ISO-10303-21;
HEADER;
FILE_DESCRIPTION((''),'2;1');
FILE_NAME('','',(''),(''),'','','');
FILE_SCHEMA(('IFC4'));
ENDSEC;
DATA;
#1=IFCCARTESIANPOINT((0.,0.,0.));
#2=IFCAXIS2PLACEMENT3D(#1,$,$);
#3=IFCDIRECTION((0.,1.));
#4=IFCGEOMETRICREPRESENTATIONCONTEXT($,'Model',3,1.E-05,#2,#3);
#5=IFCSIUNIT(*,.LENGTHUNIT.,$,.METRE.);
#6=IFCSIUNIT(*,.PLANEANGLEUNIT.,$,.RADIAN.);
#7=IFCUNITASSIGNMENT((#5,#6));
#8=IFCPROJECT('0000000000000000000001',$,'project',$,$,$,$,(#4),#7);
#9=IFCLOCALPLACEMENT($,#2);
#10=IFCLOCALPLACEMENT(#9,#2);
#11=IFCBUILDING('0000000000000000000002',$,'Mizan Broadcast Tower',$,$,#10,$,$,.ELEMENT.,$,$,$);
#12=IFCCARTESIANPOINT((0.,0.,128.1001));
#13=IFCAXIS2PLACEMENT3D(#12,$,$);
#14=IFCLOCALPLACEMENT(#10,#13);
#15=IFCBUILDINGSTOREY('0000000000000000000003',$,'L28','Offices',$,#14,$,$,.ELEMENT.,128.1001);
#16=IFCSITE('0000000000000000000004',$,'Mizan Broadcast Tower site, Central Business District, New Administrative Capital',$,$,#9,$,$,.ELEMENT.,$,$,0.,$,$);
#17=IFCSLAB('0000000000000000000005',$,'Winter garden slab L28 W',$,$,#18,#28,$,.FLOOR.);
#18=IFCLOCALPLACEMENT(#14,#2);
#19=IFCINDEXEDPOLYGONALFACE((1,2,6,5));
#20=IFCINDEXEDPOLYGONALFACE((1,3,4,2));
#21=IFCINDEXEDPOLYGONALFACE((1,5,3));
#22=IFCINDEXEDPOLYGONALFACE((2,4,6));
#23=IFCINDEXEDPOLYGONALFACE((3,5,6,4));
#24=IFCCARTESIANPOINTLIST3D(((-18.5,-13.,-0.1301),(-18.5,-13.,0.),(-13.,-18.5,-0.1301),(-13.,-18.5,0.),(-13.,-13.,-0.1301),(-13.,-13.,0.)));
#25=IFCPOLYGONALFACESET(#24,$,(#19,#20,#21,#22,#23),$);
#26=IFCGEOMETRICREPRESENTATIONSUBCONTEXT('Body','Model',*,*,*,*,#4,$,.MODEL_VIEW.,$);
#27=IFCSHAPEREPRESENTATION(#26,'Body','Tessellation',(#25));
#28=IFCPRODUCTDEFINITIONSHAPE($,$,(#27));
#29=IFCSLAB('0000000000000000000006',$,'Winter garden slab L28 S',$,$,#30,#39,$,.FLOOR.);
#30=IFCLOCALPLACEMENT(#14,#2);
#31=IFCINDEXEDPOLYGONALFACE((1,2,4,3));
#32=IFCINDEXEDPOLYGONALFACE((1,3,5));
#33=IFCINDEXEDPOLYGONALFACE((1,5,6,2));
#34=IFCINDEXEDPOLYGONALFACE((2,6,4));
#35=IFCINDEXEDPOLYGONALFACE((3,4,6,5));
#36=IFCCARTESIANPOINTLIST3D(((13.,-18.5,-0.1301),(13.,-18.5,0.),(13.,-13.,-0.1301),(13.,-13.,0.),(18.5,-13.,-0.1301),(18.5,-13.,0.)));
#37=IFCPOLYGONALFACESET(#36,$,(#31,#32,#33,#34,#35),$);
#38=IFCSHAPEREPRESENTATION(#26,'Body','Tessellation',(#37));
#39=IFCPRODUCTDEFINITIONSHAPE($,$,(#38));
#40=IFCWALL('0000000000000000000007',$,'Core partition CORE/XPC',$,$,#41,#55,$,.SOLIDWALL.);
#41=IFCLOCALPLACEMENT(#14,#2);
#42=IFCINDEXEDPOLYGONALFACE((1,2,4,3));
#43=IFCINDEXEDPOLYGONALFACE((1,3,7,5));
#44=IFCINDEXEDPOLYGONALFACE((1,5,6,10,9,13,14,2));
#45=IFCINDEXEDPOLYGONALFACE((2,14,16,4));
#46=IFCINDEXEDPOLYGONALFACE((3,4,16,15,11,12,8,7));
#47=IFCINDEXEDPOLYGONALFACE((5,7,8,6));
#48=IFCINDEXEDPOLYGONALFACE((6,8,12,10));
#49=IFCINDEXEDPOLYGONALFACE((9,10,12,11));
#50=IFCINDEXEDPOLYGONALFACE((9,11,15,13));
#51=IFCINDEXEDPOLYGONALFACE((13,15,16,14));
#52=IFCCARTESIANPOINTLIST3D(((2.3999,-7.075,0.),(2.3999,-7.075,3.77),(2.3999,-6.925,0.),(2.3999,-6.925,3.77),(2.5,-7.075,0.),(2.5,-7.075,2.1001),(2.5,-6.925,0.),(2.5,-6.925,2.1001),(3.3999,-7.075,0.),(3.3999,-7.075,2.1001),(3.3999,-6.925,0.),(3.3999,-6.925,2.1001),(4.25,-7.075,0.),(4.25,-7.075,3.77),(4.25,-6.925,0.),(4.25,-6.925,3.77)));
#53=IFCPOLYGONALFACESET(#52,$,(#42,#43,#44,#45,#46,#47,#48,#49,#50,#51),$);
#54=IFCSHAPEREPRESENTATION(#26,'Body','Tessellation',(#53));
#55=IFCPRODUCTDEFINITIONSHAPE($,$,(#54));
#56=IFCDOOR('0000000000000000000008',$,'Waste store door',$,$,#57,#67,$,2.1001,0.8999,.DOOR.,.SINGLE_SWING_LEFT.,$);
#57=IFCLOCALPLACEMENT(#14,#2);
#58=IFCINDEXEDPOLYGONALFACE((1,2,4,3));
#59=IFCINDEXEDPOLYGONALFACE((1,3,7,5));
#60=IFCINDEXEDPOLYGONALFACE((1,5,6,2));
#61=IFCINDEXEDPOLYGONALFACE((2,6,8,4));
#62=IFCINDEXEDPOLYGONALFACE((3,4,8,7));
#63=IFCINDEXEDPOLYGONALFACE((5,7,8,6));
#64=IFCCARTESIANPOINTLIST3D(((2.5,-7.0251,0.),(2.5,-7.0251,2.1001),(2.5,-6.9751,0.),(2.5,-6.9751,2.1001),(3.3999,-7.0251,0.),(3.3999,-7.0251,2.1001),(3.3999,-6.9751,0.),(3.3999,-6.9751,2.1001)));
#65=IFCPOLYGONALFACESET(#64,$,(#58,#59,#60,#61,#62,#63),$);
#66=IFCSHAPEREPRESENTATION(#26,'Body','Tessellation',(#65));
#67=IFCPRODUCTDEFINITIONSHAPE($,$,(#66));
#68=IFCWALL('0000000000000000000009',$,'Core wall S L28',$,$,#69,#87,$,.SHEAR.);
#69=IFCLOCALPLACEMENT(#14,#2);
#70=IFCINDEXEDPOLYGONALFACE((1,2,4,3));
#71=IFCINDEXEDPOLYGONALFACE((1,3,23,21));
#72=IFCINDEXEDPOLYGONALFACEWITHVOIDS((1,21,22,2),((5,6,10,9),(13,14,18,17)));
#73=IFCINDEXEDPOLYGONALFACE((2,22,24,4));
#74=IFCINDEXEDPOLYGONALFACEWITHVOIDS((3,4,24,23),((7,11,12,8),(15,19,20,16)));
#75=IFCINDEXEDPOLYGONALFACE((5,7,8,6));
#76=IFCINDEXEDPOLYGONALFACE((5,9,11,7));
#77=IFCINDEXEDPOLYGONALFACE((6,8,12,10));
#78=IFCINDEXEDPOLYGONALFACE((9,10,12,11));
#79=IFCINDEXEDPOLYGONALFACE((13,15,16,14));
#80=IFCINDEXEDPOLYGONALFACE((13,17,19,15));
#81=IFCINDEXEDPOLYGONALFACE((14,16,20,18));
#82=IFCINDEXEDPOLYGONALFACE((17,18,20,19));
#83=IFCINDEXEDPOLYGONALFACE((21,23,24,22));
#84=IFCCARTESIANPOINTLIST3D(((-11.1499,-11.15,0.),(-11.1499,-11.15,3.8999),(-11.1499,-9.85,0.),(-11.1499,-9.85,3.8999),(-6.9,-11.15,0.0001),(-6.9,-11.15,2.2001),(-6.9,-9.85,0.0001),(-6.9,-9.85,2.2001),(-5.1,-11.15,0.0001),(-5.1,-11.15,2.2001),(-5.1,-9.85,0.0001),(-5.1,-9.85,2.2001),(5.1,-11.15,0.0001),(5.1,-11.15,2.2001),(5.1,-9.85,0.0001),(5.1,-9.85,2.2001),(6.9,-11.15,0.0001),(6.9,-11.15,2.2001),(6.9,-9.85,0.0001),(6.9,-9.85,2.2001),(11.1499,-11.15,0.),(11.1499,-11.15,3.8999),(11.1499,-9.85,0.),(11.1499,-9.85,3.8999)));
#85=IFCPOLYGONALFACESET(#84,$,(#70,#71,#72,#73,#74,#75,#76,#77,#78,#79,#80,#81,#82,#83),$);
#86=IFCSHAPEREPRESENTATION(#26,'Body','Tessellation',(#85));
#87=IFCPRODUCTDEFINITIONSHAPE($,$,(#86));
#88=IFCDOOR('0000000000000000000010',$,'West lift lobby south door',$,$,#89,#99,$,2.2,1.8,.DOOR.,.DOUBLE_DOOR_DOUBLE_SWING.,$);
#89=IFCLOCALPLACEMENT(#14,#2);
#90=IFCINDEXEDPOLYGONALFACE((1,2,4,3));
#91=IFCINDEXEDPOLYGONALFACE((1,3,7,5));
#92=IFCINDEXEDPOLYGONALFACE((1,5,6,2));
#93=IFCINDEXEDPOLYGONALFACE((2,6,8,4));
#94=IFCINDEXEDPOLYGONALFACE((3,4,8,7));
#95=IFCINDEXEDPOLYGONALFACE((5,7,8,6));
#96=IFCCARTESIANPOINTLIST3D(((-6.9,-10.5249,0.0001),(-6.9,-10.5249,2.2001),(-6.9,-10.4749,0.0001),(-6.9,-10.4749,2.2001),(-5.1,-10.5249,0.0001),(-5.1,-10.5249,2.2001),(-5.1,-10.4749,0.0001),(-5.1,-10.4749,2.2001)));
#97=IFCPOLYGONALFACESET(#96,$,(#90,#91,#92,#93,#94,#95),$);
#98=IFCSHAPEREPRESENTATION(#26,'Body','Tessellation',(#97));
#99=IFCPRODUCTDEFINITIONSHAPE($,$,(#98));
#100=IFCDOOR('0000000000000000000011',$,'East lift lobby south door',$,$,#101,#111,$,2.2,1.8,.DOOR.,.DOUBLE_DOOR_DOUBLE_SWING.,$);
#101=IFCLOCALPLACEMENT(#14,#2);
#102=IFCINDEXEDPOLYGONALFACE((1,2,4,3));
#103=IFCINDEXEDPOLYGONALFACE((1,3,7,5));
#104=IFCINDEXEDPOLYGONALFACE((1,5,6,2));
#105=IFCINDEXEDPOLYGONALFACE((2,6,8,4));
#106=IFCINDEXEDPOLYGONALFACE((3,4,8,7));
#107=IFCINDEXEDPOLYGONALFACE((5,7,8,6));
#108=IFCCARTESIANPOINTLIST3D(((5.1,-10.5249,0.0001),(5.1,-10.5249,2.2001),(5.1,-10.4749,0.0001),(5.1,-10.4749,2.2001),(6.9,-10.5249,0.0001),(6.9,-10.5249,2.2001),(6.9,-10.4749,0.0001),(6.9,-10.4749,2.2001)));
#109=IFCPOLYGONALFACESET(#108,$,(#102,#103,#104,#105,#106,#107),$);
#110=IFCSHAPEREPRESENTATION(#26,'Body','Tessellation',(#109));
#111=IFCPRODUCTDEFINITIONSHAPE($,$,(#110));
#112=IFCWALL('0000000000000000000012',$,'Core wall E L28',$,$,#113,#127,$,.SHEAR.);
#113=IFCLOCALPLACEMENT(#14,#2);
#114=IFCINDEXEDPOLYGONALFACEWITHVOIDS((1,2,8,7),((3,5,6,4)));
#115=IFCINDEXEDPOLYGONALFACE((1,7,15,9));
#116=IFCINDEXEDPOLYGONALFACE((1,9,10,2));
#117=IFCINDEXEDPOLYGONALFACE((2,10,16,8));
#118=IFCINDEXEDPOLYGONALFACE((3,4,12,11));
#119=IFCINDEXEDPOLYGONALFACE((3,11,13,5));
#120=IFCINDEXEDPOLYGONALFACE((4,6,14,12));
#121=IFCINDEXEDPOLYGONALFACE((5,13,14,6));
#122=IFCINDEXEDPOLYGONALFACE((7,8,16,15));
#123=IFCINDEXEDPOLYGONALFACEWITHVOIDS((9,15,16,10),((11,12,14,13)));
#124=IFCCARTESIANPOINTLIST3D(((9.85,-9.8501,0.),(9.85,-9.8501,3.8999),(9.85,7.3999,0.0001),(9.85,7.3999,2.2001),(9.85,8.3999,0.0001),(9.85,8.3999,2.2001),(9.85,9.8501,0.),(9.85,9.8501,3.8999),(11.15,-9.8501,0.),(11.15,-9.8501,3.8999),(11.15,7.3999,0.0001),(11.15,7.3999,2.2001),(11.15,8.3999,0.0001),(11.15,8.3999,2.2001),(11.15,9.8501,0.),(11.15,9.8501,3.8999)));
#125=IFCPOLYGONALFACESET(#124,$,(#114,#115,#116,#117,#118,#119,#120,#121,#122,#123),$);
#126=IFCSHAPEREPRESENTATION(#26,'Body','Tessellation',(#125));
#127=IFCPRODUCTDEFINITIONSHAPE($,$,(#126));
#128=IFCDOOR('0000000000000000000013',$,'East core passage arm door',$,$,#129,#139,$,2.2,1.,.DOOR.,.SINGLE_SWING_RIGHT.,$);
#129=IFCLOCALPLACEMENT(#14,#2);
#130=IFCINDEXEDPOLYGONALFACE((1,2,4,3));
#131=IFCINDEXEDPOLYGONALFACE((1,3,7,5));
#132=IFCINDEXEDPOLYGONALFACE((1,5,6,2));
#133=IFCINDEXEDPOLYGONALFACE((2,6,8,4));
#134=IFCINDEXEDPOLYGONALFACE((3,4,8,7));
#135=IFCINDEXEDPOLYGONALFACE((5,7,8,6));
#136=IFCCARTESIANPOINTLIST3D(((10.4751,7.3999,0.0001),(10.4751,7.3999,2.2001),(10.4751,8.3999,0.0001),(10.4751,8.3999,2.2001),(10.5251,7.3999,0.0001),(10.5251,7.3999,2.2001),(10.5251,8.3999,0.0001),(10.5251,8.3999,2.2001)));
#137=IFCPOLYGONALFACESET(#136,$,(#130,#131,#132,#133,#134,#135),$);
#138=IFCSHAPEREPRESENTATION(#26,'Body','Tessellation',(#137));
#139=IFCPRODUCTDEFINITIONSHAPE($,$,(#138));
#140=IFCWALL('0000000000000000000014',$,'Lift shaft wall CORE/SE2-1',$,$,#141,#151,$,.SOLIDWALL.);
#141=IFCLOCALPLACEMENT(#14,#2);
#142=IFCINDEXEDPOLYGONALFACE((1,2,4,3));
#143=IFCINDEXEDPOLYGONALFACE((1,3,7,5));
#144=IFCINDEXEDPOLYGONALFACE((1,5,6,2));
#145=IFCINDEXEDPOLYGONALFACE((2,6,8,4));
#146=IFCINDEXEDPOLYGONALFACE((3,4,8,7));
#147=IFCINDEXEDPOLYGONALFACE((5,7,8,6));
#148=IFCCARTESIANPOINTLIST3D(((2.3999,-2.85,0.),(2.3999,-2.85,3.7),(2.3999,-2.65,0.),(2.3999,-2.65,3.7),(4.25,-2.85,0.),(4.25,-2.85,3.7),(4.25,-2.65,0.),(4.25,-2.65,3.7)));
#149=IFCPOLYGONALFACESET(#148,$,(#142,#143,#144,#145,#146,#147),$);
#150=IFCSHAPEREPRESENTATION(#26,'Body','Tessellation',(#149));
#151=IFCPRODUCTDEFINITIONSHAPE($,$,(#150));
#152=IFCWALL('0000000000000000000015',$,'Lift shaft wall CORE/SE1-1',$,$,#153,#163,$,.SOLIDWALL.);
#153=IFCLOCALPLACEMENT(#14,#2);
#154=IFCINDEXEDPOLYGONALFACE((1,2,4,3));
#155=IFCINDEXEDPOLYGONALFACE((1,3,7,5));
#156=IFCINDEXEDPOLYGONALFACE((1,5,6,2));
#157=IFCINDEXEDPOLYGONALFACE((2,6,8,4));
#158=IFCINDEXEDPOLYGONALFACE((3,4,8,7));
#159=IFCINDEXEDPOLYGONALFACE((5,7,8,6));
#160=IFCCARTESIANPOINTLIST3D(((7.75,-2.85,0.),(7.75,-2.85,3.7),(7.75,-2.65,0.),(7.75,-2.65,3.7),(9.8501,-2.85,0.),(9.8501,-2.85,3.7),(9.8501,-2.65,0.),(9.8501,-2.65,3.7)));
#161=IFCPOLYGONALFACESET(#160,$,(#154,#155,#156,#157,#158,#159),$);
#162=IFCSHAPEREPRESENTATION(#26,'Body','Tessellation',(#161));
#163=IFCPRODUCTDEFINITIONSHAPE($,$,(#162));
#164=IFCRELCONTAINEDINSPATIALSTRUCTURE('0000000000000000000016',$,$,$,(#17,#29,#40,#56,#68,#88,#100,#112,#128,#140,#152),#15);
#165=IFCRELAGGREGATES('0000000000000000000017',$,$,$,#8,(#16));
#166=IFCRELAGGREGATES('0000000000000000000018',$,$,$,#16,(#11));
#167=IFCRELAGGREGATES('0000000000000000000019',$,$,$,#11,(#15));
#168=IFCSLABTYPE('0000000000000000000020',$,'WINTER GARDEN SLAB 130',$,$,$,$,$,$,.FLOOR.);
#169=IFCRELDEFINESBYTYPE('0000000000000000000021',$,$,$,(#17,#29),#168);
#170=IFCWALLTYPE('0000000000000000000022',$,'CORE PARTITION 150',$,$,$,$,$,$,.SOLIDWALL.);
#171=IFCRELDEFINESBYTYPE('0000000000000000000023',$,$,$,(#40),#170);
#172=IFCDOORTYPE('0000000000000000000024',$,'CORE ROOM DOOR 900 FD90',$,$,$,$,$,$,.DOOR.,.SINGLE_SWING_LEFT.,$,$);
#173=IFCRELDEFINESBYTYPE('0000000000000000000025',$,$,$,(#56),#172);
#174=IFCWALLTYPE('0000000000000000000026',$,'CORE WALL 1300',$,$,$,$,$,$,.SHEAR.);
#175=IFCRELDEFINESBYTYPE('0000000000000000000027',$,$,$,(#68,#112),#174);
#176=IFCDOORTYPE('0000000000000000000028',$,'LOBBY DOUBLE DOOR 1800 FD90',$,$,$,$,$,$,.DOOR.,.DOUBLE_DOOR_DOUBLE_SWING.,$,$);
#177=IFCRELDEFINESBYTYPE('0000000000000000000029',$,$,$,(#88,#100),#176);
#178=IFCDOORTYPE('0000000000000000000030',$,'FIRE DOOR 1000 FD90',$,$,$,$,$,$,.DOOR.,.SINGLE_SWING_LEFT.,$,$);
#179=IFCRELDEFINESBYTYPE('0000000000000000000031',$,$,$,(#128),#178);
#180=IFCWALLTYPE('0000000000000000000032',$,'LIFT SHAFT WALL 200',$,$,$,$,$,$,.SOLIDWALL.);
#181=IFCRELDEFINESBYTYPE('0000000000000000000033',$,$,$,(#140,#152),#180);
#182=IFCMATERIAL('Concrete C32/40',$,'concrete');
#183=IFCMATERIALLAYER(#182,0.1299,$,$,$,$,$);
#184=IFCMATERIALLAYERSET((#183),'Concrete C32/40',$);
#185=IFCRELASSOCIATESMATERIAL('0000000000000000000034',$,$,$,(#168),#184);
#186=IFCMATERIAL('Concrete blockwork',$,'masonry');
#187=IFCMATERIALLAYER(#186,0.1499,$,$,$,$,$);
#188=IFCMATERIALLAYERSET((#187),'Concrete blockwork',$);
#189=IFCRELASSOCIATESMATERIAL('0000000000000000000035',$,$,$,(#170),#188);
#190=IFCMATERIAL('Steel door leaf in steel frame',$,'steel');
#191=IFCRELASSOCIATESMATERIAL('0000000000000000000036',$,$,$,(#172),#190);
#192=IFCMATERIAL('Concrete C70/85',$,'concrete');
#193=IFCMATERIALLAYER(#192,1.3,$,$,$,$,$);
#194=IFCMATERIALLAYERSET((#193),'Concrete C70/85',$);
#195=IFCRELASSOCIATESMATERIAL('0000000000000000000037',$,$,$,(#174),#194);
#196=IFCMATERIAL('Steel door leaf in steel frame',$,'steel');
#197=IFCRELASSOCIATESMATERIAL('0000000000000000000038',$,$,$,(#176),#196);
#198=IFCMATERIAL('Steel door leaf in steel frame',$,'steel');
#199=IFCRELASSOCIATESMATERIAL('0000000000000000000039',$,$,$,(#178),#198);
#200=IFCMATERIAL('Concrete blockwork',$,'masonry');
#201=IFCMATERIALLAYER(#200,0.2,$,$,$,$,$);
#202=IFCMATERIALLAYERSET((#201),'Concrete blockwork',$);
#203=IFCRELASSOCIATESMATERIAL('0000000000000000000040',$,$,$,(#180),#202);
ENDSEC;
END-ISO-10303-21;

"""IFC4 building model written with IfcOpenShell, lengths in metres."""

from ifc_helpers import new_model, si_unit, direction, frame, frame_2d, origin, place, context, subcontext, project, spatial, polyline, rectangle, outline, extrude, material, layer, layer_set, type_object, element, fill, save


model = new_model("IFC4")

# Units and contexts
model_context = context("Model", 3, precision=1e-05, world=origin(), true_north=direction((0.0, 1.0)))
body_context = subcontext(model_context, "Body", "Model", "MODEL_VIEW")
ifc_project = project(units=[si_unit("LENGTHUNIT", "METRE"), si_unit("PLANEANGLEUNIT", "RADIAN")], contexts=[model_context])

# Site, building, storey
site_placement = place(None, origin())
site = spatial("IfcSite", under=ifc_project, at=site_placement, Name="Mizan Broadcast Tower site, Central Business District, New Administrative Capital", CompositionType="ELEMENT", RefElevation=0.0)
building_placement = place(site_placement, origin())
building = spatial("IfcBuilding", under=site, at=building_placement, Name="Mizan Broadcast Tower", CompositionType="ELEMENT")
storey_placement = place(building_placement, frame((0.0, 0.0, 128.1001)))
storey = spatial("IfcBuildingStorey", under=building, at=storey_placement, Name="L28", Description="Offices", CompositionType="ELEMENT", Elevation=128.1001)

# Slabs
ifc_material_1 = material(Name="Concrete C32/40", Category="concrete")
ifc_layer_1 = layer(ifc_material_1, 0.1299)
ifc_layer_set_1 = layer_set([ifc_layer_1], Name="Concrete C32/40")
slab_type_1 = type_object("IfcSlabType", Name="WINTER GARDEN SLAB 130", PredefinedType="FLOOR", material=ifc_layer_set_1)
slab_1_placement = place(storey_placement, frame((0.0, 0.0, -0.1301)))
element("IfcSlab", 1, at=slab_1_placement, inside=storey, type_object=slab_type_1, Name="Winter garden slab L28 W", PredefinedType="FLOOR", context=body_context, shape_type="SweptSolid", body=[
    extrude(outline(polyline([(-13.0, -13.0), (-18.5, -13.0), (-13.0, -18.5), (-13.0, -13.0)])), origin(), (0.0, 0.0, 1.0), 0.1301),
])
slab_2_placement = place(storey_placement, frame((0.0, 0.0, -0.1301)))
element("IfcSlab", 2, at=slab_2_placement, inside=storey, type_object=slab_type_1, Name="Winter garden slab L28 S", PredefinedType="FLOOR", context=body_context, shape_type="SweptSolid", body=[
    extrude(outline(polyline([(13.0, -13.0), (13.0, -18.5), (18.5, -13.0), (13.0, -13.0)])), origin(), (0.0, 0.0, 1.0), 0.1301),
])

# Wall, opening, door
ifc_material_2 = material(Name="Concrete blockwork", Category="masonry")
ifc_layer_2 = layer(ifc_material_2, 0.1499)
ifc_layer_set_2 = layer_set([ifc_layer_2], Name="Concrete blockwork")
wall_type_1 = type_object("IfcWallType", Name="CORE PARTITION 150", PredefinedType="SOLIDWALL", material=ifc_layer_set_2)
wall_1_placement = place(storey_placement, frame((2.3999, -7.0, 0.0), z_axis=(0.0, 0.0, 1.0), x_axis=(1.0, 0.0, 0.0)))
wall_1 = element("IfcWall", 3, at=wall_1_placement, inside=storey, type_object=wall_type_1, Name="Core partition CORE/XPC", PredefinedType="SOLIDWALL", context=body_context, shape_type="SweptSolid", body=[
    extrude(rectangle(XDim=1.8501, YDim=0.1499, at=frame_2d((0.925, 0.0))), origin(), (0.0, 0.0, 1.0), 3.77),
])
opening_1_placement = place(wall_1_placement, frame((0.1001, 0.0, 0.0)))
opening_1 = element("IfcOpeningElement", 4, at=opening_1_placement, cuts=wall_1, PredefinedType="OPENING", context=body_context, shape_type="SweptSolid", body=[
    extrude(rectangle(XDim=0.8999, YDim=2.1001, at=frame_2d((0.45, 1.05))), frame((0.0, 0.085, 0.0), z_axis=(0.0, -1.0, 0.0), x_axis=(1.0, 0.0, 0.0)), (0.0, 0.0, 1.0), 0.1699),
])
ifc_material_3 = material(Name="Steel door leaf in steel frame", Category="steel")
door_type_1 = type_object("IfcDoorType", Name="CORE ROOM DOOR 900 FD90", OperationType="SINGLE_SWING_LEFT", PredefinedType="DOOR", material=ifc_material_3)
door_1_placement = place(opening_1_placement, origin())
door_1 = element("IfcDoor", 5, at=door_1_placement, inside=storey, type_object=door_type_1, Name="Waste store door", OperationType="SINGLE_SWING_LEFT", OverallHeight=2.1001, OverallWidth=0.8999, PredefinedType="DOOR", context=body_context, shape_type="SweptSolid", body=[
    extrude(rectangle(XDim=0.8999, YDim=2.1001, at=frame_2d((0.45, 1.05))), frame((0.0, 0.0249, 0.0), z_axis=(0.0, -1.0, 0.0), x_axis=(1.0, 0.0, 0.0)), (0.0, 0.0, 1.0), 0.05),
])
fill(opening_1, door_1)

# Wall, openings, doors
ifc_material_4 = material(Name="Concrete C70/85", Category="concrete")
ifc_layer_3 = layer(ifc_material_4, 1.3)
ifc_layer_set_3 = layer_set([ifc_layer_3], Name="Concrete C70/85")
wall_type_2 = type_object("IfcWallType", Name="CORE WALL 1300", PredefinedType="SHEAR", material=ifc_layer_set_3)
wall_2_placement = place(storey_placement, frame((11.1499, -10.5, 0.0), z_axis=(0.0, 0.0, 1.0), x_axis=(-1.0, 0.0, 0.0)))
wall_2 = element("IfcWall", 6, at=wall_2_placement, inside=storey, type_object=wall_type_2, Name="Core wall S L28", PredefinedType="SHEAR", context=body_context, shape_type="SweptSolid", body=[
    extrude(rectangle(XDim=22.2998, YDim=1.3, at=frame_2d((11.1499, 0.0))), origin(), (0.0, 0.0, 1.0), 3.8999),
])
opening_2_placement = place(wall_2_placement, frame((16.25, 0.0, 0.0)))
opening_2 = element("IfcOpeningElement", 7, at=opening_2_placement, cuts=wall_2, PredefinedType="OPENING", context=body_context, shape_type="SweptSolid", body=[
    extrude(rectangle(XDim=1.8, YDim=2.2, at=frame_2d((0.8999, 1.1001))), frame((0.0, 0.6599, 0.0), z_axis=(0.0, -1.0, 0.0), x_axis=(1.0, 0.0, 0.0)), (0.0, 0.0, 1.0), 1.3201),
])
opening_3_placement = place(wall_2_placement, frame((4.25, 0.0, 0.0)))
opening_3 = element("IfcOpeningElement", 8, at=opening_3_placement, cuts=wall_2, PredefinedType="OPENING", context=body_context, shape_type="SweptSolid", body=[
    extrude(rectangle(XDim=1.8, YDim=2.2, at=frame_2d((0.8999, 1.1001))), frame((0.0, 0.6599, 0.0), z_axis=(0.0, -1.0, 0.0), x_axis=(1.0, 0.0, 0.0)), (0.0, 0.0, 1.0), 1.3201),
])
ifc_material_5 = material(Name="Steel door leaf in steel frame", Category="steel")
door_type_2 = type_object("IfcDoorType", Name="LOBBY DOUBLE DOOR 1800 FD90", OperationType="DOUBLE_DOOR_DOUBLE_SWING", PredefinedType="DOOR", material=ifc_material_5)
door_2_placement = place(opening_2_placement, origin())
door_2 = element("IfcDoor", 9, at=door_2_placement, inside=storey, type_object=door_type_2, Name="West lift lobby south door", OperationType="DOUBLE_DOOR_DOUBLE_SWING", OverallHeight=2.2, OverallWidth=1.8, PredefinedType="DOOR", context=body_context, shape_type="SweptSolid", body=[
    extrude(rectangle(XDim=1.8, YDim=2.2, at=frame_2d((0.8999, 1.1001))), frame((0.0, 0.0249, 0.0), z_axis=(0.0, -1.0, 0.0), x_axis=(1.0, 0.0, 0.0)), (0.0, 0.0, 1.0), 0.05),
])
fill(opening_2, door_2)
door_3_placement = place(opening_3_placement, origin())
door_3 = element("IfcDoor", 10, at=door_3_placement, inside=storey, type_object=door_type_2, Name="East lift lobby south door", OperationType="DOUBLE_DOOR_DOUBLE_SWING", OverallHeight=2.2, OverallWidth=1.8, PredefinedType="DOOR", context=body_context, shape_type="SweptSolid", body=[
    extrude(rectangle(XDim=1.8, YDim=2.2, at=frame_2d((0.8999, 1.1001))), frame((0.0, 0.0249, 0.0), z_axis=(0.0, -1.0, 0.0), x_axis=(1.0, 0.0, 0.0)), (0.0, 0.0, 1.0), 0.05),
])
fill(opening_3, door_3)

# Wall, opening, door
wall_3_placement = place(storey_placement, frame((10.5, -9.8501, 0.0), z_axis=(0.0, 0.0, 1.0), x_axis=(0.0, 1.0, 0.0)))
wall_3 = element("IfcWall", 11, at=wall_3_placement, inside=storey, type_object=wall_type_2, Name="Core wall E L28", PredefinedType="SHEAR", context=body_context, shape_type="SweptSolid", body=[
    extrude(rectangle(XDim=19.7002, YDim=1.3, at=frame_2d((9.8501, 0.0))), origin(), (0.0, 0.0, 1.0), 3.8999),
])
opening_4_placement = place(wall_3_placement, frame((17.25, 0.0, 0.0)))
opening_4 = element("IfcOpeningElement", 12, at=opening_4_placement, cuts=wall_3, PredefinedType="OPENING", context=body_context, shape_type="SweptSolid", body=[
    extrude(rectangle(XDim=1.0, YDim=2.2, at=frame_2d((0.5, 1.1001))), frame((0.0, 0.6599, 0.0), z_axis=(0.0, -1.0, 0.0), x_axis=(1.0, 0.0, 0.0)), (0.0, 0.0, 1.0), 1.3201),
])
ifc_material_6 = material(Name="Steel door leaf in steel frame", Category="steel")
door_type_3 = type_object("IfcDoorType", Name="FIRE DOOR 1000 FD90", OperationType="SINGLE_SWING_LEFT", PredefinedType="DOOR", material=ifc_material_6)
door_4_placement = place(opening_4_placement, origin())
door_4 = element("IfcDoor", 13, at=door_4_placement, inside=storey, type_object=door_type_3, Name="East core passage arm door", OperationType="SINGLE_SWING_RIGHT", OverallHeight=2.2, OverallWidth=1.0, PredefinedType="DOOR", context=body_context, shape_type="SweptSolid", body=[
    extrude(rectangle(XDim=1.0, YDim=2.2, at=frame_2d((0.5, 1.1001))), frame((0.0, 0.0249, 0.0), z_axis=(0.0, -1.0, 0.0), x_axis=(1.0, 0.0, 0.0)), (0.0, 0.0, 1.0), 0.05),
])
fill(opening_4, door_4)

# Walls
ifc_material_7 = material(Name="Concrete blockwork", Category="masonry")
ifc_layer_4 = layer(ifc_material_7, 0.2)
ifc_layer_set_4 = layer_set([ifc_layer_4], Name="Concrete blockwork")
wall_type_3 = type_object("IfcWallType", Name="LIFT SHAFT WALL 200", PredefinedType="SOLIDWALL", material=ifc_layer_set_4)
wall_4_placement = place(storey_placement, frame((2.3999, -2.75, 0.0), z_axis=(0.0, 0.0, 1.0), x_axis=(1.0, 0.0, 0.0)))
element("IfcWall", 14, at=wall_4_placement, inside=storey, type_object=wall_type_3, Name="Lift shaft wall CORE/SE2-1", PredefinedType="SOLIDWALL", context=body_context, shape_type="SweptSolid", body=[
    extrude(rectangle(XDim=1.8501, YDim=0.2, at=frame_2d((0.925, 0.0))), origin(), (0.0, 0.0, 1.0), 3.7),
])
wall_5_placement = place(storey_placement, frame((7.75, -2.75, 0.0), z_axis=(0.0, 0.0, 1.0), x_axis=(1.0, 0.0, 0.0)))
element("IfcWall", 15, at=wall_5_placement, inside=storey, type_object=wall_type_3, Name="Lift shaft wall CORE/SE1-1", PredefinedType="SOLIDWALL", context=body_context, shape_type="SweptSolid", body=[
    extrude(rectangle(XDim=2.1001, YDim=0.2, at=frame_2d((1.05, 0.0))), origin(), (0.0, 0.0, 1.0), 3.7),
])

save(model, "model.ifc")
